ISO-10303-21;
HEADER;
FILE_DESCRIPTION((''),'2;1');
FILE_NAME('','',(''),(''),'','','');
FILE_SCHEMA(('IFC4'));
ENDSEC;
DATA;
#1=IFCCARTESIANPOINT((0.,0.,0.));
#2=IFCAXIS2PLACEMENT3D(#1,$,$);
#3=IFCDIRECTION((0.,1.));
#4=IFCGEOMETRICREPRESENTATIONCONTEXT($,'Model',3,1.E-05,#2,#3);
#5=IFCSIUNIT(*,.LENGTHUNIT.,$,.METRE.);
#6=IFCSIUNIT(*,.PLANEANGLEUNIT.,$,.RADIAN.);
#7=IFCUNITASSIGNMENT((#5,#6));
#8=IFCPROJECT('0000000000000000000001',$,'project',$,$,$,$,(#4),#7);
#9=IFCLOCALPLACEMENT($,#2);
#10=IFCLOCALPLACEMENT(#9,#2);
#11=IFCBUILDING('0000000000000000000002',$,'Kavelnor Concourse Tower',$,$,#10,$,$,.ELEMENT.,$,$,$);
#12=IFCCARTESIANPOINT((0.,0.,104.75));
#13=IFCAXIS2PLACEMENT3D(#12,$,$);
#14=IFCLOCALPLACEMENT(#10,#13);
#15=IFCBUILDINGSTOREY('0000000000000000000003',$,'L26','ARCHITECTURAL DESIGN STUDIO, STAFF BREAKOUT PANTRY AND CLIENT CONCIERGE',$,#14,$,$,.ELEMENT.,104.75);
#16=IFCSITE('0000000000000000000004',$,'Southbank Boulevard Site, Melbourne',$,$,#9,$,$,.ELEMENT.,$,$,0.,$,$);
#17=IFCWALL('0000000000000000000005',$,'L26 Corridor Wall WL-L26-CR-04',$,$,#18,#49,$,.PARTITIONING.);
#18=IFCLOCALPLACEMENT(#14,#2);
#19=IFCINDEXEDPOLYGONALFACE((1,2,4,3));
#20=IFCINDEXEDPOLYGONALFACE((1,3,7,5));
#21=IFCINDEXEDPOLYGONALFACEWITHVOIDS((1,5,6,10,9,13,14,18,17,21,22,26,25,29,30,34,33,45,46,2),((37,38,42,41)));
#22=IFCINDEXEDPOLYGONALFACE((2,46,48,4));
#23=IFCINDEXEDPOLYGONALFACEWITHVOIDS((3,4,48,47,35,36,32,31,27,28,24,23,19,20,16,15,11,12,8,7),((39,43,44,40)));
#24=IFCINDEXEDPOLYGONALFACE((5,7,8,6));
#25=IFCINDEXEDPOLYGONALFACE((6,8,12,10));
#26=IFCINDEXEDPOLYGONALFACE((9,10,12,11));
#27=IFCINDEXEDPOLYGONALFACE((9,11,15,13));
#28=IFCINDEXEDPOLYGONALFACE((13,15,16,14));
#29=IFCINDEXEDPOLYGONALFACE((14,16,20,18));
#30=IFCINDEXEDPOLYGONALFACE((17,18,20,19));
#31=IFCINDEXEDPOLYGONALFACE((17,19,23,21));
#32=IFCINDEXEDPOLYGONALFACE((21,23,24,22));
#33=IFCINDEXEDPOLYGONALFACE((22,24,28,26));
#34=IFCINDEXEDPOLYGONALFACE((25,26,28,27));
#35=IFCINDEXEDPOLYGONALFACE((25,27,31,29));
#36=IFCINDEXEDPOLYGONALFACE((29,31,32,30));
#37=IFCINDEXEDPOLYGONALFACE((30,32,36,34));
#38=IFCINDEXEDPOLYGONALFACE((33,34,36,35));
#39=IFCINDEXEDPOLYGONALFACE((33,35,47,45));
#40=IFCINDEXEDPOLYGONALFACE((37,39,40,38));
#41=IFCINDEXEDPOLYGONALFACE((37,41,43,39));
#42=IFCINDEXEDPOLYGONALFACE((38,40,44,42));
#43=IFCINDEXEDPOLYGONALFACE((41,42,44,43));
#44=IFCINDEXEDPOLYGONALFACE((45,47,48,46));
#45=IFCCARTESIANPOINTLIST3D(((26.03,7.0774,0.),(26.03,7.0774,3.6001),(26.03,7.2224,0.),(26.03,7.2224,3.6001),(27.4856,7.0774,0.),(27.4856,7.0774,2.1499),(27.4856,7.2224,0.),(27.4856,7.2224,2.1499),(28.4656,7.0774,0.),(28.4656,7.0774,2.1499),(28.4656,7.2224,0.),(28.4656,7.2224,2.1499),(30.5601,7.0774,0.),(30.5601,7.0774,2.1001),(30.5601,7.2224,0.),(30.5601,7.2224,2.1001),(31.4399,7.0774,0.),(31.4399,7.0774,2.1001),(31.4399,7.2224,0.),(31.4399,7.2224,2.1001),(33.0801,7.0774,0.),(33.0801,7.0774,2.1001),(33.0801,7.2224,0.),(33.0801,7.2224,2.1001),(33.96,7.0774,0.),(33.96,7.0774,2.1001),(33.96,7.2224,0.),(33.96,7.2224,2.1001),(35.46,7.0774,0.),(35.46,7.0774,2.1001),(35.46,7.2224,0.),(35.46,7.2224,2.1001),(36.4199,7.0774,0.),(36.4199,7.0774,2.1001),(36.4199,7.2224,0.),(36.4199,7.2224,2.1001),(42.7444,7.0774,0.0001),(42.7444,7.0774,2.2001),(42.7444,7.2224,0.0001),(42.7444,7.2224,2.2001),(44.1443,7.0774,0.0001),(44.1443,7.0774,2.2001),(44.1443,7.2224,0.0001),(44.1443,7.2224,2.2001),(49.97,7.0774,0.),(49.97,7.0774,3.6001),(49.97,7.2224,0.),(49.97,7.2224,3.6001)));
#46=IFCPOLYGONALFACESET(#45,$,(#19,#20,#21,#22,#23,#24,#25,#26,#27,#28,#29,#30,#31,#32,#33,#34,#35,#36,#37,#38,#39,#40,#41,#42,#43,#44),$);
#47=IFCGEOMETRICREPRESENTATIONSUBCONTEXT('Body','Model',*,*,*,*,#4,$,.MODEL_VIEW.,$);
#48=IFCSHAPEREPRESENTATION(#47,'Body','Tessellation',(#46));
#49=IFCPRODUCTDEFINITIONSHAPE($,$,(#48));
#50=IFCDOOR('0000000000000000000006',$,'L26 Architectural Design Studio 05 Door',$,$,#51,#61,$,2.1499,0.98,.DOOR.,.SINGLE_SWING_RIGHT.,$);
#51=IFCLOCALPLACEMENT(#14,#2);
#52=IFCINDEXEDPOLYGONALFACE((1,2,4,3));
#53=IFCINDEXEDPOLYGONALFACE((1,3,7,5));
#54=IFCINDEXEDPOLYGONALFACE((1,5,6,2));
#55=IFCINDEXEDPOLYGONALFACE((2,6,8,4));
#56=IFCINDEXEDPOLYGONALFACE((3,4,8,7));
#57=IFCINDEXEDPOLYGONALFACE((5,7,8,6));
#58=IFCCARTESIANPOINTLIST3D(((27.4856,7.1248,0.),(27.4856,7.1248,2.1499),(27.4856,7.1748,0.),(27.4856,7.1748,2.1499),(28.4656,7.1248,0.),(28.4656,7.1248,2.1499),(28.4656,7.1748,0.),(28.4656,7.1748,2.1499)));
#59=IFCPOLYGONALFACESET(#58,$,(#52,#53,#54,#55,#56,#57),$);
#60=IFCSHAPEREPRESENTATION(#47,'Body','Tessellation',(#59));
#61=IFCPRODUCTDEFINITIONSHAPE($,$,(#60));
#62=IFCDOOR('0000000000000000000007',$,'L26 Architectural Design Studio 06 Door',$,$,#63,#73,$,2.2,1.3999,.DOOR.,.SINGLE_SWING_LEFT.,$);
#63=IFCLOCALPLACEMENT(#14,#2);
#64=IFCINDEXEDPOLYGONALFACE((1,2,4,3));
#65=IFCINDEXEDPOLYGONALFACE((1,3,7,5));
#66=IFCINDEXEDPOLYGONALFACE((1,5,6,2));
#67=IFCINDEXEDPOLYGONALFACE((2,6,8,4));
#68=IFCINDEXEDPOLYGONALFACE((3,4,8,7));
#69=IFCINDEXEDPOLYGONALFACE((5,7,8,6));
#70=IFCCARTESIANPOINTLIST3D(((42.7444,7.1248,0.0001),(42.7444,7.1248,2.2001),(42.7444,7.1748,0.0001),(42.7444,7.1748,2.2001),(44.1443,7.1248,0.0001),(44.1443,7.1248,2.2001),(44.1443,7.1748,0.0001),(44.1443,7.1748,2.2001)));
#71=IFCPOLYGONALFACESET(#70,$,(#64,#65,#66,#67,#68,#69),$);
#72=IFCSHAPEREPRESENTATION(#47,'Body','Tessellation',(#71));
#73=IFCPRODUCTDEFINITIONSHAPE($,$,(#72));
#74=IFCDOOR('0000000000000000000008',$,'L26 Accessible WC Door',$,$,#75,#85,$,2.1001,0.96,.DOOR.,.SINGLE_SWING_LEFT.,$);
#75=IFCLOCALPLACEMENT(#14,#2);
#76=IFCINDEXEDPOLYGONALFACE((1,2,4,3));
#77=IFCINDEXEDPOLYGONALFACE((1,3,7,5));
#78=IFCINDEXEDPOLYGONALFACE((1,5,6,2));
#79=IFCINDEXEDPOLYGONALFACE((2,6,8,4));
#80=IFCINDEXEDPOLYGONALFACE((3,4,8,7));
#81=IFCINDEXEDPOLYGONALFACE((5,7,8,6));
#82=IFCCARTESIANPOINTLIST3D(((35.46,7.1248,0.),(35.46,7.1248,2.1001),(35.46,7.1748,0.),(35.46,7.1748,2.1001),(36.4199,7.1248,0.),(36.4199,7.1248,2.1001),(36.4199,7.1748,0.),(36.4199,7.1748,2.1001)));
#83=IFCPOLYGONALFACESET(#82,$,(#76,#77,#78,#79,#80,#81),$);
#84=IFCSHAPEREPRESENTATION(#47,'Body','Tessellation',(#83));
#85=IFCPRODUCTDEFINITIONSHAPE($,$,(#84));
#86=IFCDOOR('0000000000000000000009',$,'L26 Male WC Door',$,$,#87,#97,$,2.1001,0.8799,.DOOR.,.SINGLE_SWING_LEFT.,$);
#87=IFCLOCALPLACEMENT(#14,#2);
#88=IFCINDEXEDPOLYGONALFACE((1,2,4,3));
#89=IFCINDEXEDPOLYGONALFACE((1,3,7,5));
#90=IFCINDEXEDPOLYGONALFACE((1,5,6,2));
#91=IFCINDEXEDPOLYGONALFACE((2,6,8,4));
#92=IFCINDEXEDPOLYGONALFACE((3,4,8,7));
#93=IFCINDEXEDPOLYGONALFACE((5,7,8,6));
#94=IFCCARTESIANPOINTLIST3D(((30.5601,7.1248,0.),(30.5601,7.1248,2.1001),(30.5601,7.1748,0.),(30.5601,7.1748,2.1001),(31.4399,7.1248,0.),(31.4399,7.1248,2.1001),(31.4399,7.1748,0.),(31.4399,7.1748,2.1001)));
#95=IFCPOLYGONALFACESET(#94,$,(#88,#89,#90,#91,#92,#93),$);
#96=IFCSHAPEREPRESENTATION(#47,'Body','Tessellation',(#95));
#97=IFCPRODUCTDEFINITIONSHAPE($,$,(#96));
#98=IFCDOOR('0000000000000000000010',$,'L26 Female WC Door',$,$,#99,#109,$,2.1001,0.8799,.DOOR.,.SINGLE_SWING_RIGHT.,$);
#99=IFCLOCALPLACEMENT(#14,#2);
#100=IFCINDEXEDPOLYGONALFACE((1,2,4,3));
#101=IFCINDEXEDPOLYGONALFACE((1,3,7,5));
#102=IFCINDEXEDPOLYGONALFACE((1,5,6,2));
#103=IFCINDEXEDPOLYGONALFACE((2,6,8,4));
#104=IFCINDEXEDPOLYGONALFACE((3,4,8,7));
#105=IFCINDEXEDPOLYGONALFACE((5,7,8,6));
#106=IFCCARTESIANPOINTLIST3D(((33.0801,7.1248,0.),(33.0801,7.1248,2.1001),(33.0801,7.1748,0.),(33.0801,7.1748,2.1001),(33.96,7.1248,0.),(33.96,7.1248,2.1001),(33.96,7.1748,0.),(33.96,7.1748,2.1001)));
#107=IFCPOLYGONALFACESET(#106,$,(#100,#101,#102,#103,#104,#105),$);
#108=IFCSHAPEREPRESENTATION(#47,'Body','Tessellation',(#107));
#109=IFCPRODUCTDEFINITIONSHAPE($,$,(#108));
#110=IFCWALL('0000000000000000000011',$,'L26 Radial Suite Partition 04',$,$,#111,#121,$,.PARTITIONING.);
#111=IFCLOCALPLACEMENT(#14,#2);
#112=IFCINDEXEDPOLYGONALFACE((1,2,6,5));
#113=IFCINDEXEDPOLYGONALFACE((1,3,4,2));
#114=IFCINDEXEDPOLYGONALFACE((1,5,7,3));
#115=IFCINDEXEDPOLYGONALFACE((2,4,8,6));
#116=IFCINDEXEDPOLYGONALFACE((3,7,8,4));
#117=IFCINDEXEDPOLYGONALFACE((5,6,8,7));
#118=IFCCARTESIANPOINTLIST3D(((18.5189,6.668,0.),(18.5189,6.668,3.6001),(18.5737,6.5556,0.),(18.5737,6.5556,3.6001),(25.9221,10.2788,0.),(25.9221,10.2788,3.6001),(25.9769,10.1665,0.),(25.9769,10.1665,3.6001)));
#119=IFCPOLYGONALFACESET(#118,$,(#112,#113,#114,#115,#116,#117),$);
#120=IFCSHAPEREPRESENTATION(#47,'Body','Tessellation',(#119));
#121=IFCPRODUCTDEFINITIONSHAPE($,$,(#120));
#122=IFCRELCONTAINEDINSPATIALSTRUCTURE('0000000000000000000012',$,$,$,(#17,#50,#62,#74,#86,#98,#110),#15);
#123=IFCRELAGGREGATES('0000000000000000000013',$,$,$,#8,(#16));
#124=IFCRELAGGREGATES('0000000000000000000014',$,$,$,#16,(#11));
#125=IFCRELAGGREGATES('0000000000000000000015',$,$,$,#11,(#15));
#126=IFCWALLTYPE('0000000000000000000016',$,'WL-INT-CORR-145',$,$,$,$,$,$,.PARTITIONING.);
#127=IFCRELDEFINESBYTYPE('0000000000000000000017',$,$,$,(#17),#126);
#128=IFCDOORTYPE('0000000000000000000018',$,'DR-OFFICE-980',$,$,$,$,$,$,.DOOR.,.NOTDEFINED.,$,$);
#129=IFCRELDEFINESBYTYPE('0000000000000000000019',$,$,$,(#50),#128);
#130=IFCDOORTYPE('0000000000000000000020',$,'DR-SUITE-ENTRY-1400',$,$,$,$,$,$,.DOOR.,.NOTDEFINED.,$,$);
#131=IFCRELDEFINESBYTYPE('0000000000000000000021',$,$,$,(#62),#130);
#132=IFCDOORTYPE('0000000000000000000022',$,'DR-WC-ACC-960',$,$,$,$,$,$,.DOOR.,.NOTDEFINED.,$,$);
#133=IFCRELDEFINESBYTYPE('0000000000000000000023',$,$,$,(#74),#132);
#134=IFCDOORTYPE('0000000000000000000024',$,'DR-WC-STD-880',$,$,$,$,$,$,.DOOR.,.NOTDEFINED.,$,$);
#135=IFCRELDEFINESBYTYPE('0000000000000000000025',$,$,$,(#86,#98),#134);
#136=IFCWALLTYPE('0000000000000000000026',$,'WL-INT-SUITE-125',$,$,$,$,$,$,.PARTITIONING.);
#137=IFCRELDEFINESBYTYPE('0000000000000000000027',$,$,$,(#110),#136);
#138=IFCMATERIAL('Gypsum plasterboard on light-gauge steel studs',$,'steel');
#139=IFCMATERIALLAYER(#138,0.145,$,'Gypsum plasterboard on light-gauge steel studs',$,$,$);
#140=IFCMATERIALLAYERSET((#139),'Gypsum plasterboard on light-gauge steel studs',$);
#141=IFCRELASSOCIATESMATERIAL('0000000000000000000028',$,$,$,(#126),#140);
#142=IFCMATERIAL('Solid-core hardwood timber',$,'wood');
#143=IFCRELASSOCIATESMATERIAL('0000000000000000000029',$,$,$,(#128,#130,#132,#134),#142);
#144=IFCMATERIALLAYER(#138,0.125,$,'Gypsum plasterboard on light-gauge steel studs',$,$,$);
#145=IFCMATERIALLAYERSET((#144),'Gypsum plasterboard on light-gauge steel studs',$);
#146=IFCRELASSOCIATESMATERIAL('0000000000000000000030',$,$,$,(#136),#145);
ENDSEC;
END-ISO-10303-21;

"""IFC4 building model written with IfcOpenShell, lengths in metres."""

from ifc_helpers import new_model, si_unit, direction, frame, frame_2d, origin, place, context, subcontext, project, spatial, rectangle, extrude, material, layer, layer_set, type_object, element, fill, save


model = new_model("IFC4")

# Units and contexts
model_context = context("Model", 3, precision=1e-05, world=origin(), true_north=direction((0.0, 1.0)))
body_context = subcontext(model_context, "Body", "Model", "MODEL_VIEW")
ifc_project = project(units=[si_unit("LENGTHUNIT", "METRE"), si_unit("PLANEANGLEUNIT", "RADIAN")], contexts=[model_context])

# Site, building, storey
site_placement = place(None, origin())
site = spatial("IfcSite", under=ifc_project, at=site_placement, Name="Southbank Boulevard Site, Melbourne", CompositionType="ELEMENT", RefElevation=0.0)
building_placement = place(site_placement, origin())
building = spatial("IfcBuilding", under=site, at=building_placement, Name="Kavelnor Concourse Tower", CompositionType="ELEMENT")
storey_placement = place(building_placement, frame((0.0, 0.0, 104.75)))
storey = spatial("IfcBuildingStorey", under=building, at=storey_placement, Name="L26", Description="ARCHITECTURAL DESIGN STUDIO, STAFF BREAKOUT PANTRY AND CLIENT CONCIERGE", CompositionType="ELEMENT", Elevation=104.75)

# Wall, openings, doors
ifc_material_1 = material(Name="Gypsum plasterboard on light-gauge steel studs", Category="steel")
ifc_layer_1 = layer(ifc_material_1, 0.145, Name="Gypsum plasterboard on light-gauge steel studs")
ifc_layer_set_1 = layer_set([ifc_layer_1], Name="Gypsum plasterboard on light-gauge steel studs")
wall_type_1 = type_object("IfcWallType", Name="WL-INT-CORR-145", PredefinedType="PARTITIONING", material=ifc_layer_set_1)
wall_1_placement = place(storey_placement, frame((26.03, 7.1499, 0.0), z_axis=(0.0, 0.0, 1.0), x_axis=(1.0, 0.0, 0.0)))
wall_1 = element("IfcWall", 1, at=wall_1_placement, inside=storey, type_object=wall_type_1, Name="L26 Corridor Wall WL-L26-CR-04", PredefinedType="PARTITIONING", context=body_context, shape_type="SweptSolid", body=[
    extrude(rectangle(XDim=23.9399, YDim=0.145, at=frame_2d((11.97, 0.0))), origin(), (0.0, 0.0, 1.0), 3.6001),
])
opening_1_placement = place(wall_1_placement, frame((4.53, 0.0, 0.0)))
opening_1 = element("IfcOpeningElement", 2, at=opening_1_placement, cuts=wall_1, PredefinedType="OPENING", context=body_context, shape_type="SweptSolid", body=[
    extrude(rectangle(XDim=0.8799, YDim=2.1001, at=frame_2d((0.4399, 1.05))), frame((0.0, 0.0825, 0.0), z_axis=(0.0, -1.0, 0.0), x_axis=(1.0, 0.0, 0.0)), (0.0, 0.0, 1.0), 0.165),
])
opening_2_placement = place(wall_1_placement, frame((7.05, 0.0, 0.0)))
opening_2 = element("IfcOpeningElement", 3, at=opening_2_placement, cuts=wall_1, PredefinedType="OPENING", context=body_context, shape_type="SweptSolid", body=[
    extrude(rectangle(XDim=0.8799, YDim=2.1001, at=frame_2d((0.4399, 1.05))), frame((0.0, 0.0825, 0.0), z_axis=(0.0, -1.0, 0.0), x_axis=(1.0, 0.0, 0.0)), (0.0, 0.0, 1.0), 0.165),
])
opening_3_placement = place(wall_1_placement, frame((9.4299, 0.0, 0.0)))
opening_3 = element("IfcOpeningElement", 4, at=opening_3_placement, cuts=wall_1, PredefinedType="OPENING", context=body_context, shape_type="SweptSolid", body=[
    extrude(rectangle(XDim=0.96, YDim=2.1001, at=frame_2d((0.48, 1.05))), frame((0.0, 0.0825, 0.0), z_axis=(0.0, -1.0, 0.0), x_axis=(1.0, 0.0, 0.0)), (0.0, 0.0, 1.0), 0.165),
])
opening_4_placement = place(wall_1_placement, frame((1.4556, 0.0, 0.0)))
opening_4 = element("IfcOpeningElement", 5, at=opening_4_placement, cuts=wall_1, PredefinedType="OPENING", context=body_context, shape_type="SweptSolid", body=[
    extrude(rectangle(XDim=0.98, YDim=2.1499, at=frame_2d((0.49, 1.075))), frame((0.0, 0.0825, 0.0), z_axis=(0.0, -1.0, 0.0), x_axis=(1.0, 0.0, 0.0)), (0.0, 0.0, 1.0), 0.165),
])
opening_5_placement = place(wall_1_placement, frame((16.7144, 0.0, 0.0)))
opening_5 = element("IfcOpeningElement", 6, at=opening_5_placement, cuts=wall_1, PredefinedType="OPENING", context=body_context, shape_type="SweptSolid", body=[
    extrude(rectangle(XDim=1.3999, YDim=2.2, at=frame_2d((0.7, 1.1001))), frame((0.0, 0.0825, 0.0), z_axis=(0.0, -1.0, 0.0), x_axis=(1.0, 0.0, 0.0)), (0.0, 0.0, 1.0), 0.165),
])
ifc_material_2 = material(Name="Solid-core hardwood timber", Category="wood")
door_type_1 = type_object("IfcDoorType", Name="DR-OFFICE-980", OperationType="NOTDEFINED", PredefinedType="DOOR", material=ifc_material_2)
door_1_placement = place(opening_4_placement, origin())
door_1 = element("IfcDoor", 7, at=door_1_placement, inside=storey, type_object=door_type_1, Name="L26 Architectural Design Studio 05 Door", OperationType="SINGLE_SWING_RIGHT", OverallHeight=2.1499, OverallWidth=0.98, PredefinedType="DOOR", context=body_context, shape_type="SweptSolid", body=[
    extrude(rectangle(XDim=0.98, YDim=2.1499, at=frame_2d((0.49, 1.075))), frame((0.0, 0.0249, 0.0), z_axis=(0.0, -1.0, 0.0), x_axis=(1.0, 0.0, 0.0)), (0.0, 0.0, 1.0), 0.05),
])
fill(opening_4, door_1)
door_type_2 = type_object("IfcDoorType", Name="DR-SUITE-ENTRY-1400", OperationType="NOTDEFINED", PredefinedType="DOOR", material=ifc_material_2)
door_2_placement = place(opening_5_placement, origin())
door_2 = element("IfcDoor", 8, at=door_2_placement, inside=storey, type_object=door_type_2, Name="L26 Architectural Design Studio 06 Door", OperationType="SINGLE_SWING_LEFT", OverallHeight=2.2, OverallWidth=1.3999, PredefinedType="DOOR", context=body_context, shape_type="SweptSolid", body=[
    extrude(rectangle(XDim=1.3999, YDim=2.2, at=frame_2d((0.7, 1.1001))), frame((0.0, 0.0249, 0.0), z_axis=(0.0, -1.0, 0.0), x_axis=(1.0, 0.0, 0.0)), (0.0, 0.0, 1.0), 0.05),
])
fill(opening_5, door_2)
door_type_3 = type_object("IfcDoorType", Name="DR-WC-ACC-960", OperationType="NOTDEFINED", PredefinedType="DOOR", material=ifc_material_2)
door_3_placement = place(opening_3_placement, origin())
door_3 = element("IfcDoor", 9, at=door_3_placement, inside=storey, type_object=door_type_3, Name="L26 Accessible WC Door", OperationType="SINGLE_SWING_LEFT", OverallHeight=2.1001, OverallWidth=0.96, PredefinedType="DOOR", context=body_context, shape_type="SweptSolid", body=[
    extrude(rectangle(XDim=0.96, YDim=2.1001, at=frame_2d((0.48, 1.05))), frame((0.0, 0.0249, 0.0), z_axis=(0.0, -1.0, 0.0), x_axis=(1.0, 0.0, 0.0)), (0.0, 0.0, 1.0), 0.05),
])
fill(opening_3, door_3)
door_type_4 = type_object("IfcDoorType", Name="DR-WC-STD-880", OperationType="NOTDEFINED", PredefinedType="DOOR", material=ifc_material_2)
door_4_placement = place(opening_1_placement, origin())
door_4 = element("IfcDoor", 10, at=door_4_placement, inside=storey, type_object=door_type_4, Name="L26 Male WC Door", OperationType="SINGLE_SWING_LEFT", OverallHeight=2.1001, OverallWidth=0.8799, PredefinedType="DOOR", context=body_context, shape_type="SweptSolid", body=[
    extrude(rectangle(XDim=0.8799, YDim=2.1001, at=frame_2d((0.4399, 1.05))), frame((0.0, 0.0249, 0.0), z_axis=(0.0, -1.0, 0.0), x_axis=(1.0, 0.0, 0.0)), (0.0, 0.0, 1.0), 0.05),
])
fill(opening_1, door_4)
door_5_placement = place(opening_2_placement, origin())
door_5 = element("IfcDoor", 11, at=door_5_placement, inside=storey, type_object=door_type_4, Name="L26 Female WC Door", OperationType="SINGLE_SWING_RIGHT", OverallHeight=2.1001, OverallWidth=0.8799, PredefinedType="DOOR", context=body_context, shape_type="SweptSolid", body=[
    extrude(rectangle(XDim=0.8799, YDim=2.1001, at=frame_2d((0.4399, 1.05))), frame((0.0, 0.0249, 0.0), z_axis=(0.0, -1.0, 0.0), x_axis=(1.0, 0.0, 0.0)), (0.0, 0.0, 1.0), 0.05),
])
fill(opening_2, door_5)

# Wall
ifc_layer_2 = layer(ifc_material_1, 0.125, Name="Gypsum plasterboard on light-gauge steel studs")
ifc_layer_set_2 = layer_set([ifc_layer_2], Name="Gypsum plasterboard on light-gauge steel studs")
wall_type_2 = type_object("IfcWallType", Name="WL-INT-SUITE-125", PredefinedType="PARTITIONING", material=ifc_layer_set_2)
wall_2_placement = place(storey_placement, frame((25.9495, 10.2227, 0.0), z_axis=(0.0, 0.0, 1.0), x_axis=(-0.898788, -0.438383, 0.0)))
element("IfcWall", 12, at=wall_2_placement, inside=storey, type_object=wall_type_2, Name="L26 Radial Suite Partition 04", PredefinedType="PARTITIONING", context=body_context, shape_type="SweptSolid", body=[
    extrude(rectangle(XDim=8.2368, YDim=0.125, at=frame_2d((4.1184, 0.0))), origin(), (0.0, 0.0, 1.0), 3.6001),
])

save(model, "model.ifc")
